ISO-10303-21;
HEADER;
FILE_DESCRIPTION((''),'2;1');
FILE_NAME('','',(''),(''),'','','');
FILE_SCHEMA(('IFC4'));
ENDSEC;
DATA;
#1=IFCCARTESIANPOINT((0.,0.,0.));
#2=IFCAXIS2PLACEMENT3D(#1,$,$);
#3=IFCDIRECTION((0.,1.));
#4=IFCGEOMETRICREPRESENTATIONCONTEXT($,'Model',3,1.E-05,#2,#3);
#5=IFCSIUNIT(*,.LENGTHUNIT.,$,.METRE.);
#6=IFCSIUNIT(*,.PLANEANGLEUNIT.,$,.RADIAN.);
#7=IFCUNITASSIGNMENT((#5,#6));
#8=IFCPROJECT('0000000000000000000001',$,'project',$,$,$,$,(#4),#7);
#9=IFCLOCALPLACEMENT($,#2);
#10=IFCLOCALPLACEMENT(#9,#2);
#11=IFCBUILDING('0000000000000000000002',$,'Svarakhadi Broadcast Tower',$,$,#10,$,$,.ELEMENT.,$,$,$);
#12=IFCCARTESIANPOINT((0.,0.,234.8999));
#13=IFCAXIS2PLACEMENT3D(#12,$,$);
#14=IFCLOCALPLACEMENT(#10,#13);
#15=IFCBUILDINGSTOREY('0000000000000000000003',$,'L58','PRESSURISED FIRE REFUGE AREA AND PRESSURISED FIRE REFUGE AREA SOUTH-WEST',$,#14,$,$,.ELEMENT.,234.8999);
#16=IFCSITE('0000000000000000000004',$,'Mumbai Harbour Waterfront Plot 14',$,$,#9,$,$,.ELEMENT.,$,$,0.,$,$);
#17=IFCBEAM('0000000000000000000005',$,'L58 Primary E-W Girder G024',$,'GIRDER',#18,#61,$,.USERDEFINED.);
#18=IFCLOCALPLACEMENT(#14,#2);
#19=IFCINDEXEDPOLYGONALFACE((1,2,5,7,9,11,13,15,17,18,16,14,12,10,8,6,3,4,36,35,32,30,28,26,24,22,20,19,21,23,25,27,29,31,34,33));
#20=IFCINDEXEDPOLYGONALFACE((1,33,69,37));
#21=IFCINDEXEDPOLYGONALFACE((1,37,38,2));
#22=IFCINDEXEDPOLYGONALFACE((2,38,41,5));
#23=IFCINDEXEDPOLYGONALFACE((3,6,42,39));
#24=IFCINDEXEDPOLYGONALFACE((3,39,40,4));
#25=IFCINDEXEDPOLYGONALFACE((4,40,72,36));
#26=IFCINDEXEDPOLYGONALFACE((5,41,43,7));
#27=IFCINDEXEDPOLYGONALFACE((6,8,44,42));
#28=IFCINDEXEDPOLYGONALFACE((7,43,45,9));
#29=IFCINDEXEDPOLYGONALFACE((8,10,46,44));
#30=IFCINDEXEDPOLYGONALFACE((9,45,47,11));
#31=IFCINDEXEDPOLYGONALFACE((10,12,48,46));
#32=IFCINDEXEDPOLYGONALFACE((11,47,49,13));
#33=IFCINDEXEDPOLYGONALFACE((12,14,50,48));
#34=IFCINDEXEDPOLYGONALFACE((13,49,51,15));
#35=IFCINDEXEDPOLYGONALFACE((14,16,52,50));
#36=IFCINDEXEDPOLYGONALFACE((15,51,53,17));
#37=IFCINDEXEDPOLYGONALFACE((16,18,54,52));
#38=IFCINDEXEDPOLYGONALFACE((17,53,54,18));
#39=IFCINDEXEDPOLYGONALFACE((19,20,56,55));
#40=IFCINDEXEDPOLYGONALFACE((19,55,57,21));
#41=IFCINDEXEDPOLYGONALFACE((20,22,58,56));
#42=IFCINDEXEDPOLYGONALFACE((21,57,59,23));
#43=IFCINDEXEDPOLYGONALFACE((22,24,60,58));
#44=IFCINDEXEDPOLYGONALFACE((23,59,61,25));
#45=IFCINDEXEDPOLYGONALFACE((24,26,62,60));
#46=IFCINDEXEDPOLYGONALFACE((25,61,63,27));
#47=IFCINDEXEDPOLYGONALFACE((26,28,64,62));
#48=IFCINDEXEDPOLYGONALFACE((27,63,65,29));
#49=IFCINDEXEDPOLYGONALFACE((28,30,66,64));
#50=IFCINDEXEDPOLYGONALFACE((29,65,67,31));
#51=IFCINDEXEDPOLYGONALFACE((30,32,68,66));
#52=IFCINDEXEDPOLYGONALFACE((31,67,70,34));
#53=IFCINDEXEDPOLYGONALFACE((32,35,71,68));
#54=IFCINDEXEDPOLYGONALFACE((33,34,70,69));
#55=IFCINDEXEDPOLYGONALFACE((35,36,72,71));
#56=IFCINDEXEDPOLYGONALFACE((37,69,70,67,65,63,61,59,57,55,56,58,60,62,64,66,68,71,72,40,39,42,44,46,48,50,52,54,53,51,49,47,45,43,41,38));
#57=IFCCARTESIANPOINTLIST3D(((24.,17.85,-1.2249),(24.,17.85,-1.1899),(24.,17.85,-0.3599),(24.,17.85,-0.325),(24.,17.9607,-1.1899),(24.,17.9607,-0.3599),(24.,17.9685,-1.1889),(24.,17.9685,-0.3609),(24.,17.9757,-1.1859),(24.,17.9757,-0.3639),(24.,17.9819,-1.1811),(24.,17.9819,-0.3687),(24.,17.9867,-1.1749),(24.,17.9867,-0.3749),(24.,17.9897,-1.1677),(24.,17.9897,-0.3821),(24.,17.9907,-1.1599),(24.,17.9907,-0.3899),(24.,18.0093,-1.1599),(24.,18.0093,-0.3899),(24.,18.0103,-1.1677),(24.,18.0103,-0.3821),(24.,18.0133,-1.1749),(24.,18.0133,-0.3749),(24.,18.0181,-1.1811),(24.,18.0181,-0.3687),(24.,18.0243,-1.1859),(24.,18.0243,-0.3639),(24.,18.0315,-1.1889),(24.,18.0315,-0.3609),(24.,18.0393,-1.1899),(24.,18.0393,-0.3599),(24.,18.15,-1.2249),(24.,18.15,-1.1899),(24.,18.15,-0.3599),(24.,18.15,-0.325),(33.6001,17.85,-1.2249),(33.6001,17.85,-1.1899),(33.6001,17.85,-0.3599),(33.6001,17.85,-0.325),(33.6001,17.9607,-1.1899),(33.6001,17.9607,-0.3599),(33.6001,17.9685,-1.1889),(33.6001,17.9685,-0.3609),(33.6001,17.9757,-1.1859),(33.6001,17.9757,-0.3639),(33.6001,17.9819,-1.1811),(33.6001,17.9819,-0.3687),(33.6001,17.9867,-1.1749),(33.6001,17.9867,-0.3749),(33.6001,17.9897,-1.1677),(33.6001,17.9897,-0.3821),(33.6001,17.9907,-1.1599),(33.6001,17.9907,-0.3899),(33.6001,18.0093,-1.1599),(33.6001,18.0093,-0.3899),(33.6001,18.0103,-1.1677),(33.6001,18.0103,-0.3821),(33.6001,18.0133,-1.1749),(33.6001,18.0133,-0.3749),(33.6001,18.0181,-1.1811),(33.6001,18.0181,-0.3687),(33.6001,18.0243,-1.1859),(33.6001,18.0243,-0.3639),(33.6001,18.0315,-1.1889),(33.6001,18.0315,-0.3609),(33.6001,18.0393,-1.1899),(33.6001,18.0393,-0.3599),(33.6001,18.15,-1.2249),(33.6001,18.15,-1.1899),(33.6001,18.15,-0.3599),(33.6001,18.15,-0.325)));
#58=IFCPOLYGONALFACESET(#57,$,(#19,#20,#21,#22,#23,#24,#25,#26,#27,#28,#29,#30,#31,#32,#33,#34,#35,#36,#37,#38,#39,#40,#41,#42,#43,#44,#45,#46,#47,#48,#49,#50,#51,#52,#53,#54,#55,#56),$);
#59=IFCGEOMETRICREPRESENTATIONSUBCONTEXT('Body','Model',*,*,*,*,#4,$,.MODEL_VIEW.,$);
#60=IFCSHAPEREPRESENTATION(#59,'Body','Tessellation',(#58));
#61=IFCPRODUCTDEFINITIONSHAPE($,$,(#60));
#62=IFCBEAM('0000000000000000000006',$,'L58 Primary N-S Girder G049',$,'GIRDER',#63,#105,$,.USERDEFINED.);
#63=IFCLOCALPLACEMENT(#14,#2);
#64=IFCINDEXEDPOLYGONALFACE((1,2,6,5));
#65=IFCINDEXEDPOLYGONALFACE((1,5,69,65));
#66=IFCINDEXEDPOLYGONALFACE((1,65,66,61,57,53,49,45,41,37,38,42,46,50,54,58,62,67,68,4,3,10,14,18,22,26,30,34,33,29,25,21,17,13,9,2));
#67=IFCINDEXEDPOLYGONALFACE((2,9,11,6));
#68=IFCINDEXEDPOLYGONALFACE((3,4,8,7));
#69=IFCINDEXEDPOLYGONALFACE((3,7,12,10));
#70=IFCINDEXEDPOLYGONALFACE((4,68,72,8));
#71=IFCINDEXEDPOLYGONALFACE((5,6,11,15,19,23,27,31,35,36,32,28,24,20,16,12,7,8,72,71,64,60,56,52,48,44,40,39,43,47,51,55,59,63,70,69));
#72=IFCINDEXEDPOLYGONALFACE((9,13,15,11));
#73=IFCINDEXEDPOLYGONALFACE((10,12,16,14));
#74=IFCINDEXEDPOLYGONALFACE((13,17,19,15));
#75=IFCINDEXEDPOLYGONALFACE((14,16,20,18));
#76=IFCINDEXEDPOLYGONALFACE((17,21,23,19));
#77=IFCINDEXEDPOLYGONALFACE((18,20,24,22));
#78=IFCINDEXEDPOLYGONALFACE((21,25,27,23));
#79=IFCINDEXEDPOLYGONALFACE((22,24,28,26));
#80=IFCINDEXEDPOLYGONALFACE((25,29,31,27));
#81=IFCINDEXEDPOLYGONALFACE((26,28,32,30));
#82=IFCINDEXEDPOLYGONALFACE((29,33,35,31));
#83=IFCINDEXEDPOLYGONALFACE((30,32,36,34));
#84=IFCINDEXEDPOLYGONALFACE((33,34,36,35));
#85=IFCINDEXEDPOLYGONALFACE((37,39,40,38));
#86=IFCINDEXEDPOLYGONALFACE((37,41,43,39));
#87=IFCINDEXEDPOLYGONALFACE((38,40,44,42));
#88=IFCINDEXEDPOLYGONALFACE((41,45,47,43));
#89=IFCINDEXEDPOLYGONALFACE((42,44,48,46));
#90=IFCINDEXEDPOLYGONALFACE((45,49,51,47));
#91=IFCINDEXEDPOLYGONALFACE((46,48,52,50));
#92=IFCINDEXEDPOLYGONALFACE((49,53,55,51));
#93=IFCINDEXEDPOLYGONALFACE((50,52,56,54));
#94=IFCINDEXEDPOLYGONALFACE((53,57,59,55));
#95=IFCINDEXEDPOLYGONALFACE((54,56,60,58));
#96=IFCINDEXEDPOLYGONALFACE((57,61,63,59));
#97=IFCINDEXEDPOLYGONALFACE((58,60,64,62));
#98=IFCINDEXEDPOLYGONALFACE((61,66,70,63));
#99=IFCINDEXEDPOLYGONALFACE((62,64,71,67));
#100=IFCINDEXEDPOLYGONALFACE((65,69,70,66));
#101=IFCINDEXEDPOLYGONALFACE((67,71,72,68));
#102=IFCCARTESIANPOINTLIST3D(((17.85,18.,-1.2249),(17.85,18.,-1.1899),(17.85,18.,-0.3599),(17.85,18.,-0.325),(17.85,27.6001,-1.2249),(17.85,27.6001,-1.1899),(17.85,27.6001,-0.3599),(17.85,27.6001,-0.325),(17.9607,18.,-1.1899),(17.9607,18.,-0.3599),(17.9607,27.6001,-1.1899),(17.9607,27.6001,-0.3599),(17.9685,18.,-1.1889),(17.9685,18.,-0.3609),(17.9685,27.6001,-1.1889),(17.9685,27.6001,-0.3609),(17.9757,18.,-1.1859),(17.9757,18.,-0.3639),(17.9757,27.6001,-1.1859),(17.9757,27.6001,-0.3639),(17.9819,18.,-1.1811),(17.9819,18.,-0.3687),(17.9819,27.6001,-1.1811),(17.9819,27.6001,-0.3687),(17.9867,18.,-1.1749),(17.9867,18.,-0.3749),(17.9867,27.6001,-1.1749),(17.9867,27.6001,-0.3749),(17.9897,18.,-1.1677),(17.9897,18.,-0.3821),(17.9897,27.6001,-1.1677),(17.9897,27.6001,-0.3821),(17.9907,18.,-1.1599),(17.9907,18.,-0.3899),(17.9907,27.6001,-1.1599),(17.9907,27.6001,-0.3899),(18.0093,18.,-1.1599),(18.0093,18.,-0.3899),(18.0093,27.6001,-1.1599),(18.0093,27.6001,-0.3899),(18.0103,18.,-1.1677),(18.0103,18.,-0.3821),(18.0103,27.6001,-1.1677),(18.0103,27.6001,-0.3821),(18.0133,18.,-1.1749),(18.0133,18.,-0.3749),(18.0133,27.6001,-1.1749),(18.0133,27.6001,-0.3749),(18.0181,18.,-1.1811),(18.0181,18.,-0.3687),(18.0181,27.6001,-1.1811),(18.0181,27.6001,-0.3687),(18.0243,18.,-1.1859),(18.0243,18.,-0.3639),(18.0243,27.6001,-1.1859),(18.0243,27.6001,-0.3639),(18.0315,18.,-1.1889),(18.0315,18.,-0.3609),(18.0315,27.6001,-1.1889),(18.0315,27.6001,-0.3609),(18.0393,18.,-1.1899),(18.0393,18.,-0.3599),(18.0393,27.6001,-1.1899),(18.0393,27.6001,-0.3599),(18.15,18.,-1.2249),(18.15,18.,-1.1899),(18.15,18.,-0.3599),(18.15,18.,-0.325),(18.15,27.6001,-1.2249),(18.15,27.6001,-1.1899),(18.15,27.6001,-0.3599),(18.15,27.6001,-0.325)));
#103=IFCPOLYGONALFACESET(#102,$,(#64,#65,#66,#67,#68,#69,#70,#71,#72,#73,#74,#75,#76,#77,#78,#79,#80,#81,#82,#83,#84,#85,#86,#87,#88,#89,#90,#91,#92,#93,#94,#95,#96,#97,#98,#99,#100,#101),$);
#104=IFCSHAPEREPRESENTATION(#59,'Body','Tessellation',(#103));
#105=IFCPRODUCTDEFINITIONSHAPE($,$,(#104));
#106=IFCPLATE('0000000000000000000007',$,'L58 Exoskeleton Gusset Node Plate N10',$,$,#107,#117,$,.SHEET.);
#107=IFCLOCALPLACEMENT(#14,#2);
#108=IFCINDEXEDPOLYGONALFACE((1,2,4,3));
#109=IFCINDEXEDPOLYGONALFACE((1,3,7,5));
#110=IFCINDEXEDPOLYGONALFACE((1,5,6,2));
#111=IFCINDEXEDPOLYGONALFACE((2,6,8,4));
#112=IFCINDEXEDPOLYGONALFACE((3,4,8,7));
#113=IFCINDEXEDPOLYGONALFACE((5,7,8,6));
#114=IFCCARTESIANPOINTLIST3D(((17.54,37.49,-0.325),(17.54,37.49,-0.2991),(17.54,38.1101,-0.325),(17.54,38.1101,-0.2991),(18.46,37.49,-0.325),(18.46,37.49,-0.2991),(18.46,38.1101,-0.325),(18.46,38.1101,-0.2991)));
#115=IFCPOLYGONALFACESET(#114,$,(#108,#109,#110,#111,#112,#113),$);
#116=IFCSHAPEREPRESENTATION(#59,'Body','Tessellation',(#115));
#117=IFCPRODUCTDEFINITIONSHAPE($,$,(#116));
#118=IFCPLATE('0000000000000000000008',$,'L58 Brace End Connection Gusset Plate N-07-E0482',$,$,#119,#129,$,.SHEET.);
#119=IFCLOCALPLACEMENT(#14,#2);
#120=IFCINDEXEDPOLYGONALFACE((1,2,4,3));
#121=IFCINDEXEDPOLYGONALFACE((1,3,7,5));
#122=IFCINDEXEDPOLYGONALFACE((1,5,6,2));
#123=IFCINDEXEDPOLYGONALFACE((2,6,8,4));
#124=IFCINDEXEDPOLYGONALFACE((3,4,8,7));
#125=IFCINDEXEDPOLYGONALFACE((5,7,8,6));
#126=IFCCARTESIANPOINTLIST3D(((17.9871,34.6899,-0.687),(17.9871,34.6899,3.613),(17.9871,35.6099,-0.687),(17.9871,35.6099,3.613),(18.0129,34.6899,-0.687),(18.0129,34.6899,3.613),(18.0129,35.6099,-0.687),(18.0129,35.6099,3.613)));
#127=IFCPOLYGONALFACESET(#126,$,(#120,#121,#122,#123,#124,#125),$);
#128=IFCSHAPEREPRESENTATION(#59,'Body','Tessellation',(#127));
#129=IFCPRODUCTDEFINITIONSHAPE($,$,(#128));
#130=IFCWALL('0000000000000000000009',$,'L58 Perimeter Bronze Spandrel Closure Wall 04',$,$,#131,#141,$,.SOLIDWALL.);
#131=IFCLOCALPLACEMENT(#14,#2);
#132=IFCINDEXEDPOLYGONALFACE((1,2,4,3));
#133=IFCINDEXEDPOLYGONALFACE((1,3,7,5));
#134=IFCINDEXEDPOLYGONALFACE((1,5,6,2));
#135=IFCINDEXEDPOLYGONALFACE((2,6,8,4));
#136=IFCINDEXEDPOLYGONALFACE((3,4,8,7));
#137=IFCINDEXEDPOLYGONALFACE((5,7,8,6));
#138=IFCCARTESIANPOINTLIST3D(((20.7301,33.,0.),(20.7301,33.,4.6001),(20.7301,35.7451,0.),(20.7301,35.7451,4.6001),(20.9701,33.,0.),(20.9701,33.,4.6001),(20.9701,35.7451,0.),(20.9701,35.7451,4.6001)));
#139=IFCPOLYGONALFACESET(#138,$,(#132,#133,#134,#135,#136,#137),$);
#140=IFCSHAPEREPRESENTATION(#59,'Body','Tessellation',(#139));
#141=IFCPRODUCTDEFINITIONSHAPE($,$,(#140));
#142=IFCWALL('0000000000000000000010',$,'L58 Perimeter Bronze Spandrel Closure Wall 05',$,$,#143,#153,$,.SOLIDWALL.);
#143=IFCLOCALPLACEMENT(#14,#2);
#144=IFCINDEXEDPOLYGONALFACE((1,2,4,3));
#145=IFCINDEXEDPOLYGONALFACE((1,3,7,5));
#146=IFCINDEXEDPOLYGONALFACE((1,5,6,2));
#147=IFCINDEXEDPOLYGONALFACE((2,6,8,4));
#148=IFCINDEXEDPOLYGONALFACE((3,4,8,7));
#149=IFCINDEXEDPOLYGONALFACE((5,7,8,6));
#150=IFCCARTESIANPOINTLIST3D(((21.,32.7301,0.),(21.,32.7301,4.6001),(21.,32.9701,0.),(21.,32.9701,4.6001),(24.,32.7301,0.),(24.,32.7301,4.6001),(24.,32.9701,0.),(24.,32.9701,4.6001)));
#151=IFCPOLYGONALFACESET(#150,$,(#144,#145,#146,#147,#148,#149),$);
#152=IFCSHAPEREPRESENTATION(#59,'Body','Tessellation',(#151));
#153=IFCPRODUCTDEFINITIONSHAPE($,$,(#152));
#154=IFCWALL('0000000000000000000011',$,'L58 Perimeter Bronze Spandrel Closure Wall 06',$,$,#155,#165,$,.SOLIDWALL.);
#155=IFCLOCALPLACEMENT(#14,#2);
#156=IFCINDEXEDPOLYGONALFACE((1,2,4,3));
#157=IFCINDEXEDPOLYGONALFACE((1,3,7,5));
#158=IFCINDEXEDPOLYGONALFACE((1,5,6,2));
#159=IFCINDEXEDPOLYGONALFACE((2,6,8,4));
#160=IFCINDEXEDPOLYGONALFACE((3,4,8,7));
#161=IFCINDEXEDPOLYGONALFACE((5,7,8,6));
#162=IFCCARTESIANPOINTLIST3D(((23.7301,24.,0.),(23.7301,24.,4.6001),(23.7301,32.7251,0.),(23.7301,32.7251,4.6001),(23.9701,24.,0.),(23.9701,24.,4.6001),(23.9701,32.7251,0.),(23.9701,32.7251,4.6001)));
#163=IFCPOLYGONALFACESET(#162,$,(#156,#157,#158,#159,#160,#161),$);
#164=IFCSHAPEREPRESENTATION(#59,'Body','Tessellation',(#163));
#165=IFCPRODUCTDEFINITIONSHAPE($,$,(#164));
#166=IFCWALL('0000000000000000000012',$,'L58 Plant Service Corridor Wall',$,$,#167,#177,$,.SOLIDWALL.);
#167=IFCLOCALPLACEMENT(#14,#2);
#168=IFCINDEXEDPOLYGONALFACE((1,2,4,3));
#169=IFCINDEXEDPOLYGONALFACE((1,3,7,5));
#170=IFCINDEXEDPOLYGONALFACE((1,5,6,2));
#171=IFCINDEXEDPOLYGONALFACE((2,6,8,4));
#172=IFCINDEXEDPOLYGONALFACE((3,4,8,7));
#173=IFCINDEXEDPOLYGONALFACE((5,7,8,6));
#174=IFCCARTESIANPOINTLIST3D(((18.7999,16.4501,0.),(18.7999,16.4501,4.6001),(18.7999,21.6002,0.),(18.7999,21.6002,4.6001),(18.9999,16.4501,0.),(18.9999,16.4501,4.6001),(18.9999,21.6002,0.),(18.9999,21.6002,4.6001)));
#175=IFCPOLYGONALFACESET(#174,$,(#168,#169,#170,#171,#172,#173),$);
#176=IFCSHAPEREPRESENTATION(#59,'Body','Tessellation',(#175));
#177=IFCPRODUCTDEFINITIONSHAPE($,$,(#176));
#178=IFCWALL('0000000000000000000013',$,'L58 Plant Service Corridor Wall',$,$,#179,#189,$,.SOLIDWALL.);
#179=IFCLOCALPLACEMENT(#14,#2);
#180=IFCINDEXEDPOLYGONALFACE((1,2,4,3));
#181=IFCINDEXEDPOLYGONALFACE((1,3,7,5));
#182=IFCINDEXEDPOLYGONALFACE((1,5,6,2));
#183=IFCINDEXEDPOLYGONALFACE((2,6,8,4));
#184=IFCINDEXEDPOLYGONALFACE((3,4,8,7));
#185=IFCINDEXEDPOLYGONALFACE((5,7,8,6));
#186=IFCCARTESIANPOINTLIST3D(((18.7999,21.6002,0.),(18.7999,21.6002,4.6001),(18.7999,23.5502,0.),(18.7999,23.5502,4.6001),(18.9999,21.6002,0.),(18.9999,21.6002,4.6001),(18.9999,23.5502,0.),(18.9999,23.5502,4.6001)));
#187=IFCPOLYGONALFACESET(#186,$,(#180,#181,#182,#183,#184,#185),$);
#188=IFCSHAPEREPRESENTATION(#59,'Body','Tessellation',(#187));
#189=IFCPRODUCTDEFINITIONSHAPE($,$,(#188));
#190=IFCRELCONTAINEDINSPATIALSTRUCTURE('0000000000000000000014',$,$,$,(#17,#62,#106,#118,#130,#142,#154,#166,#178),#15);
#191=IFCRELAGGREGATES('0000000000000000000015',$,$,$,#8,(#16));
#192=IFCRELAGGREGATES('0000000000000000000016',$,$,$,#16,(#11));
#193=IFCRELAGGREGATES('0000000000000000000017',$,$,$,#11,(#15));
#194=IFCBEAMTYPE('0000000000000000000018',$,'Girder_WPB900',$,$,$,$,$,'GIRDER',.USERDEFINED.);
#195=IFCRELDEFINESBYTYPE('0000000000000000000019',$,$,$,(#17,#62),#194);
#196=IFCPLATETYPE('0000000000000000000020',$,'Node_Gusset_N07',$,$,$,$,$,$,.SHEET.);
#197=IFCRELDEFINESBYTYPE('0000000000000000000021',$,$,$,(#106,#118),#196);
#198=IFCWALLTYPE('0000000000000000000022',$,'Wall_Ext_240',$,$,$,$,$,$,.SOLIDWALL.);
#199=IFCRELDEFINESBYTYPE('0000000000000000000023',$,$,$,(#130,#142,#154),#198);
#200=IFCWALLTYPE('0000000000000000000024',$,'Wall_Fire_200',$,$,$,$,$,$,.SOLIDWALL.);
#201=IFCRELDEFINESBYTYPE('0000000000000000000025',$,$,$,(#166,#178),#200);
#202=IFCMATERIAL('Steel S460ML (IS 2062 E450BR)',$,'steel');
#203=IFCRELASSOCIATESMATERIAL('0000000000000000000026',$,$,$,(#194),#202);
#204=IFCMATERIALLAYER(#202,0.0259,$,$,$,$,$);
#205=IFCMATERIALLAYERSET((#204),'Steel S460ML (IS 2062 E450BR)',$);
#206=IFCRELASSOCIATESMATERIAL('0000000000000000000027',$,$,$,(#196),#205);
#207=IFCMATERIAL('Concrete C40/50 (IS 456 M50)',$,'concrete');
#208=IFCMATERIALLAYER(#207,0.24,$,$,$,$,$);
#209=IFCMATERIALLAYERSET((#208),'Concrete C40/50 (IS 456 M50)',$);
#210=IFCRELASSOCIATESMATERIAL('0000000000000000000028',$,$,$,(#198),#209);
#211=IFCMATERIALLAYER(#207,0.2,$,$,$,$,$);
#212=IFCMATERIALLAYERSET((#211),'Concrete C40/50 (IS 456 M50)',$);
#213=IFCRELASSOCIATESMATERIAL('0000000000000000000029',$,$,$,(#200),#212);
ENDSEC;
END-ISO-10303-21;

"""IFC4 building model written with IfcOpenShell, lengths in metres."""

from ifc_helpers import new_model, si_unit, direction, frame, frame_2d, origin, origin_2d, place, context, subcontext, project, spatial, rectangle, i_section, extrude, material, layer, layer_set, material_profile, profile_set, type_object, element, save


model = new_model("IFC4")

# Units and contexts
model_context = context("Model", 3, precision=1e-05, world=origin(), true_north=direction((0.0, 1.0)))
body_context = subcontext(model_context, "Body", "Model", "MODEL_VIEW")
ifc_project = project(units=[si_unit("LENGTHUNIT", "METRE"), si_unit("PLANEANGLEUNIT", "RADIAN")], contexts=[model_context])

# Site, building, storey
site_placement = place(None, origin())
site = spatial("IfcSite", under=ifc_project, at=site_placement, Name="Mumbai Harbour Waterfront Plot 14", CompositionType="ELEMENT", RefElevation=0.0)
building_placement = place(site_placement, origin())
building = spatial("IfcBuilding", under=site, at=building_placement, Name="Svarakhadi Broadcast Tower", CompositionType="ELEMENT")
storey_placement = place(building_placement, frame((0.0, 0.0, 234.8999)))
storey = spatial("IfcBuildingStorey", under=building, at=storey_placement, Name="L58", Description="PRESSURISED FIRE REFUGE AREA AND PRESSURISED FIRE REFUGE AREA SOUTH-WEST", CompositionType="ELEMENT", Elevation=234.8999)

# Shared definitions
ifc_material_1 = material(Name="Steel S460ML (IS 2062 E450BR)", Category="steel")

# Beams
ifc_material_profile_1 = material_profile(ifc_material_1, i_section(OverallWidth=0.3, OverallDepth=0.8999, WebThickness=0.0186, FlangeThickness=0.0349, FilletRadius=0.03, at=origin_2d()), Name="WPB 900x300x291")
ifc_profile_set_1 = profile_set([ifc_material_profile_1], Name="Steel S460ML (IS 2062 E450BR)")
beam_type_1 = type_object("IfcBeamType", Name="Girder_WPB900", ElementType="GIRDER", PredefinedType="USERDEFINED", material=ifc_profile_set_1)
for number, where, z_axis, x_axis, name in (
    (1, (24.0, 18.0, -0.7749), (1.0, 0.0, 0.0), (0.0, 1.0, 0.0), "L58 Primary E-W Girder G024"),
    (2, (18.0, 18.0, -0.7749), (0.0, 1.0, 0.0), (-1.0, 0.0, 0.0), "L58 Primary N-S Girder G049"),
):
    element("IfcBeam", number, at=place(storey_placement, frame(where, z_axis=z_axis, x_axis=x_axis)), inside=storey, type_object=beam_type_1, Name=name, ObjectType="GIRDER", PredefinedType="USERDEFINED", context=body_context, shape_type="SweptSolid", body=[
        extrude(i_section(OverallWidth=0.3, OverallDepth=0.8999, WebThickness=0.0186, FlangeThickness=0.0349, FilletRadius=0.03, at=origin_2d()), origin(), (0.0, 0.0, 1.0), 9.6001),
    ])

# Plates
ifc_layer_1 = layer(ifc_material_1, 0.0259)
ifc_layer_set_1 = layer_set([ifc_layer_1], Name="Steel S460ML (IS 2062 E450BR)")
plate_type = type_object("IfcPlateType", Name="Node_Gusset_N07", PredefinedType="SHEET", material=ifc_layer_set_1)
plate_1_placement = place(storey_placement, frame((18.0, 37.8, -0.325), z_axis=(0.0, 0.0, 1.0), x_axis=(1.0, 0.0, 0.0)))
element("IfcPlate", 3, at=plate_1_placement, inside=storey, type_object=plate_type, Name="L58 Exoskeleton Gusset Node Plate N10", PredefinedType="SHEET", context=body_context, shape_type="SweptSolid", body=[
    extrude(rectangle(XDim=0.9199, YDim=0.6201, at=origin_2d()), origin(), (0.0, 0.0, 1.0), 0.0259),
])
plate_2_placement = place(storey_placement, frame((18.0, 35.1499, -0.687), z_axis=(0.0, 0.0, 1.0), x_axis=(0.0, 1.0, 0.0)))
element("IfcPlate", 4, at=plate_2_placement, inside=storey, type_object=plate_type, Name="L58 Brace End Connection Gusset Plate N-07-E0482", PredefinedType="SHEET", context=body_context, shape_type="SweptSolid", body=[
    extrude(rectangle(XDim=0.9199, YDim=0.0259, at=origin_2d()), origin(), (0.0, 0.0, 1.0), 4.3),
])

# Walls
ifc_material_2 = material(Name="Concrete C40/50 (IS 456 M50)", Category="concrete")
ifc_layer_2 = layer(ifc_material_2, 0.24)
ifc_layer_set_2 = layer_set([ifc_layer_2], Name="Concrete C40/50 (IS 456 M50)")
wall_type_1 = type_object("IfcWallType", Name="Wall_Ext_240", PredefinedType="SOLIDWALL", material=ifc_layer_set_2)
wall_1_placement = place(storey_placement, frame((20.8501, 35.7451, 0.0), z_axis=(0.0, 0.0, 1.0), x_axis=(0.0, -1.0, 0.0)))
element("IfcWall", 5, at=wall_1_placement, inside=storey, type_object=wall_type_1, Name="L58 Perimeter Bronze Spandrel Closure Wall 04", PredefinedType="SOLIDWALL", context=body_context, shape_type="SweptSolid", body=[
    extrude(rectangle(XDim=2.7451, YDim=0.24, at=frame_2d((1.3726, 0.0))), origin(), (0.0, 0.0, 1.0), 4.6001),
])
wall_2_placement = place(storey_placement, frame((21.0, 32.8501, 0.0), z_axis=(0.0, 0.0, 1.0), x_axis=(1.0, 0.0, 0.0)))
element("IfcWall", 6, at=wall_2_placement, inside=storey, type_object=wall_type_1, Name="L58 Perimeter Bronze Spandrel Closure Wall 05", PredefinedType="SOLIDWALL", context=body_context, shape_type="SweptSolid", body=[
    extrude(rectangle(XDim=3.0, YDim=0.24, at=frame_2d((1.5, 0.0))), origin(), (0.0, 0.0, 1.0), 4.6001),
])
wall_3_placement = place(storey_placement, frame((23.8501, 32.7251, 0.0), z_axis=(0.0, 0.0, 1.0), x_axis=(0.0, -1.0, 0.0)))
element("IfcWall", 7, at=wall_3_placement, inside=storey, type_object=wall_type_1, Name="L58 Perimeter Bronze Spandrel Closure Wall 06", PredefinedType="SOLIDWALL", context=body_context, shape_type="SweptSolid", body=[
    extrude(rectangle(XDim=8.7251, YDim=0.24, at=frame_2d((4.3625, 0.0))), origin(), (0.0, 0.0, 1.0), 4.6001),
])
ifc_layer_3 = layer(ifc_material_2, 0.2)
ifc_layer_set_3 = layer_set([ifc_layer_3], Name="Concrete C40/50 (IS 456 M50)")
wall_type_2 = type_object("IfcWallType", Name="Wall_Fire_200", PredefinedType="SOLIDWALL", material=ifc_layer_set_3)
wall_4_placement = place(storey_placement, frame((18.8999, 16.45, 0.0), z_axis=(0.0, 0.0, 1.0), x_axis=(0.0, 1.0, 0.0)))
element("IfcWall", 8, at=wall_4_placement, inside=storey, type_object=wall_type_2, Name="L58 Plant Service Corridor Wall", PredefinedType="SOLIDWALL", context=body_context, shape_type="SweptSolid", body=[
    extrude(rectangle(XDim=5.1501, YDim=0.2, at=frame_2d((2.5752, 0.0))), origin(), (0.0, 0.0, 1.0), 4.6001),
])
wall_5_placement = place(storey_placement, frame((18.8999, 21.6001, 0.0), z_axis=(0.0, 0.0, 1.0), x_axis=(0.0, 1.0, 0.0)))
element("IfcWall", 9, at=wall_5_placement, inside=storey, type_object=wall_type_2, Name="L58 Plant Service Corridor Wall", PredefinedType="SOLIDWALL", context=body_context, shape_type="SweptSolid", body=[
    extrude(rectangle(XDim=1.95, YDim=0.2, at=frame_2d((0.9751, 0.0))), origin(), (0.0, 0.0, 1.0), 4.6001),
])

save(model, "model.ifc")
